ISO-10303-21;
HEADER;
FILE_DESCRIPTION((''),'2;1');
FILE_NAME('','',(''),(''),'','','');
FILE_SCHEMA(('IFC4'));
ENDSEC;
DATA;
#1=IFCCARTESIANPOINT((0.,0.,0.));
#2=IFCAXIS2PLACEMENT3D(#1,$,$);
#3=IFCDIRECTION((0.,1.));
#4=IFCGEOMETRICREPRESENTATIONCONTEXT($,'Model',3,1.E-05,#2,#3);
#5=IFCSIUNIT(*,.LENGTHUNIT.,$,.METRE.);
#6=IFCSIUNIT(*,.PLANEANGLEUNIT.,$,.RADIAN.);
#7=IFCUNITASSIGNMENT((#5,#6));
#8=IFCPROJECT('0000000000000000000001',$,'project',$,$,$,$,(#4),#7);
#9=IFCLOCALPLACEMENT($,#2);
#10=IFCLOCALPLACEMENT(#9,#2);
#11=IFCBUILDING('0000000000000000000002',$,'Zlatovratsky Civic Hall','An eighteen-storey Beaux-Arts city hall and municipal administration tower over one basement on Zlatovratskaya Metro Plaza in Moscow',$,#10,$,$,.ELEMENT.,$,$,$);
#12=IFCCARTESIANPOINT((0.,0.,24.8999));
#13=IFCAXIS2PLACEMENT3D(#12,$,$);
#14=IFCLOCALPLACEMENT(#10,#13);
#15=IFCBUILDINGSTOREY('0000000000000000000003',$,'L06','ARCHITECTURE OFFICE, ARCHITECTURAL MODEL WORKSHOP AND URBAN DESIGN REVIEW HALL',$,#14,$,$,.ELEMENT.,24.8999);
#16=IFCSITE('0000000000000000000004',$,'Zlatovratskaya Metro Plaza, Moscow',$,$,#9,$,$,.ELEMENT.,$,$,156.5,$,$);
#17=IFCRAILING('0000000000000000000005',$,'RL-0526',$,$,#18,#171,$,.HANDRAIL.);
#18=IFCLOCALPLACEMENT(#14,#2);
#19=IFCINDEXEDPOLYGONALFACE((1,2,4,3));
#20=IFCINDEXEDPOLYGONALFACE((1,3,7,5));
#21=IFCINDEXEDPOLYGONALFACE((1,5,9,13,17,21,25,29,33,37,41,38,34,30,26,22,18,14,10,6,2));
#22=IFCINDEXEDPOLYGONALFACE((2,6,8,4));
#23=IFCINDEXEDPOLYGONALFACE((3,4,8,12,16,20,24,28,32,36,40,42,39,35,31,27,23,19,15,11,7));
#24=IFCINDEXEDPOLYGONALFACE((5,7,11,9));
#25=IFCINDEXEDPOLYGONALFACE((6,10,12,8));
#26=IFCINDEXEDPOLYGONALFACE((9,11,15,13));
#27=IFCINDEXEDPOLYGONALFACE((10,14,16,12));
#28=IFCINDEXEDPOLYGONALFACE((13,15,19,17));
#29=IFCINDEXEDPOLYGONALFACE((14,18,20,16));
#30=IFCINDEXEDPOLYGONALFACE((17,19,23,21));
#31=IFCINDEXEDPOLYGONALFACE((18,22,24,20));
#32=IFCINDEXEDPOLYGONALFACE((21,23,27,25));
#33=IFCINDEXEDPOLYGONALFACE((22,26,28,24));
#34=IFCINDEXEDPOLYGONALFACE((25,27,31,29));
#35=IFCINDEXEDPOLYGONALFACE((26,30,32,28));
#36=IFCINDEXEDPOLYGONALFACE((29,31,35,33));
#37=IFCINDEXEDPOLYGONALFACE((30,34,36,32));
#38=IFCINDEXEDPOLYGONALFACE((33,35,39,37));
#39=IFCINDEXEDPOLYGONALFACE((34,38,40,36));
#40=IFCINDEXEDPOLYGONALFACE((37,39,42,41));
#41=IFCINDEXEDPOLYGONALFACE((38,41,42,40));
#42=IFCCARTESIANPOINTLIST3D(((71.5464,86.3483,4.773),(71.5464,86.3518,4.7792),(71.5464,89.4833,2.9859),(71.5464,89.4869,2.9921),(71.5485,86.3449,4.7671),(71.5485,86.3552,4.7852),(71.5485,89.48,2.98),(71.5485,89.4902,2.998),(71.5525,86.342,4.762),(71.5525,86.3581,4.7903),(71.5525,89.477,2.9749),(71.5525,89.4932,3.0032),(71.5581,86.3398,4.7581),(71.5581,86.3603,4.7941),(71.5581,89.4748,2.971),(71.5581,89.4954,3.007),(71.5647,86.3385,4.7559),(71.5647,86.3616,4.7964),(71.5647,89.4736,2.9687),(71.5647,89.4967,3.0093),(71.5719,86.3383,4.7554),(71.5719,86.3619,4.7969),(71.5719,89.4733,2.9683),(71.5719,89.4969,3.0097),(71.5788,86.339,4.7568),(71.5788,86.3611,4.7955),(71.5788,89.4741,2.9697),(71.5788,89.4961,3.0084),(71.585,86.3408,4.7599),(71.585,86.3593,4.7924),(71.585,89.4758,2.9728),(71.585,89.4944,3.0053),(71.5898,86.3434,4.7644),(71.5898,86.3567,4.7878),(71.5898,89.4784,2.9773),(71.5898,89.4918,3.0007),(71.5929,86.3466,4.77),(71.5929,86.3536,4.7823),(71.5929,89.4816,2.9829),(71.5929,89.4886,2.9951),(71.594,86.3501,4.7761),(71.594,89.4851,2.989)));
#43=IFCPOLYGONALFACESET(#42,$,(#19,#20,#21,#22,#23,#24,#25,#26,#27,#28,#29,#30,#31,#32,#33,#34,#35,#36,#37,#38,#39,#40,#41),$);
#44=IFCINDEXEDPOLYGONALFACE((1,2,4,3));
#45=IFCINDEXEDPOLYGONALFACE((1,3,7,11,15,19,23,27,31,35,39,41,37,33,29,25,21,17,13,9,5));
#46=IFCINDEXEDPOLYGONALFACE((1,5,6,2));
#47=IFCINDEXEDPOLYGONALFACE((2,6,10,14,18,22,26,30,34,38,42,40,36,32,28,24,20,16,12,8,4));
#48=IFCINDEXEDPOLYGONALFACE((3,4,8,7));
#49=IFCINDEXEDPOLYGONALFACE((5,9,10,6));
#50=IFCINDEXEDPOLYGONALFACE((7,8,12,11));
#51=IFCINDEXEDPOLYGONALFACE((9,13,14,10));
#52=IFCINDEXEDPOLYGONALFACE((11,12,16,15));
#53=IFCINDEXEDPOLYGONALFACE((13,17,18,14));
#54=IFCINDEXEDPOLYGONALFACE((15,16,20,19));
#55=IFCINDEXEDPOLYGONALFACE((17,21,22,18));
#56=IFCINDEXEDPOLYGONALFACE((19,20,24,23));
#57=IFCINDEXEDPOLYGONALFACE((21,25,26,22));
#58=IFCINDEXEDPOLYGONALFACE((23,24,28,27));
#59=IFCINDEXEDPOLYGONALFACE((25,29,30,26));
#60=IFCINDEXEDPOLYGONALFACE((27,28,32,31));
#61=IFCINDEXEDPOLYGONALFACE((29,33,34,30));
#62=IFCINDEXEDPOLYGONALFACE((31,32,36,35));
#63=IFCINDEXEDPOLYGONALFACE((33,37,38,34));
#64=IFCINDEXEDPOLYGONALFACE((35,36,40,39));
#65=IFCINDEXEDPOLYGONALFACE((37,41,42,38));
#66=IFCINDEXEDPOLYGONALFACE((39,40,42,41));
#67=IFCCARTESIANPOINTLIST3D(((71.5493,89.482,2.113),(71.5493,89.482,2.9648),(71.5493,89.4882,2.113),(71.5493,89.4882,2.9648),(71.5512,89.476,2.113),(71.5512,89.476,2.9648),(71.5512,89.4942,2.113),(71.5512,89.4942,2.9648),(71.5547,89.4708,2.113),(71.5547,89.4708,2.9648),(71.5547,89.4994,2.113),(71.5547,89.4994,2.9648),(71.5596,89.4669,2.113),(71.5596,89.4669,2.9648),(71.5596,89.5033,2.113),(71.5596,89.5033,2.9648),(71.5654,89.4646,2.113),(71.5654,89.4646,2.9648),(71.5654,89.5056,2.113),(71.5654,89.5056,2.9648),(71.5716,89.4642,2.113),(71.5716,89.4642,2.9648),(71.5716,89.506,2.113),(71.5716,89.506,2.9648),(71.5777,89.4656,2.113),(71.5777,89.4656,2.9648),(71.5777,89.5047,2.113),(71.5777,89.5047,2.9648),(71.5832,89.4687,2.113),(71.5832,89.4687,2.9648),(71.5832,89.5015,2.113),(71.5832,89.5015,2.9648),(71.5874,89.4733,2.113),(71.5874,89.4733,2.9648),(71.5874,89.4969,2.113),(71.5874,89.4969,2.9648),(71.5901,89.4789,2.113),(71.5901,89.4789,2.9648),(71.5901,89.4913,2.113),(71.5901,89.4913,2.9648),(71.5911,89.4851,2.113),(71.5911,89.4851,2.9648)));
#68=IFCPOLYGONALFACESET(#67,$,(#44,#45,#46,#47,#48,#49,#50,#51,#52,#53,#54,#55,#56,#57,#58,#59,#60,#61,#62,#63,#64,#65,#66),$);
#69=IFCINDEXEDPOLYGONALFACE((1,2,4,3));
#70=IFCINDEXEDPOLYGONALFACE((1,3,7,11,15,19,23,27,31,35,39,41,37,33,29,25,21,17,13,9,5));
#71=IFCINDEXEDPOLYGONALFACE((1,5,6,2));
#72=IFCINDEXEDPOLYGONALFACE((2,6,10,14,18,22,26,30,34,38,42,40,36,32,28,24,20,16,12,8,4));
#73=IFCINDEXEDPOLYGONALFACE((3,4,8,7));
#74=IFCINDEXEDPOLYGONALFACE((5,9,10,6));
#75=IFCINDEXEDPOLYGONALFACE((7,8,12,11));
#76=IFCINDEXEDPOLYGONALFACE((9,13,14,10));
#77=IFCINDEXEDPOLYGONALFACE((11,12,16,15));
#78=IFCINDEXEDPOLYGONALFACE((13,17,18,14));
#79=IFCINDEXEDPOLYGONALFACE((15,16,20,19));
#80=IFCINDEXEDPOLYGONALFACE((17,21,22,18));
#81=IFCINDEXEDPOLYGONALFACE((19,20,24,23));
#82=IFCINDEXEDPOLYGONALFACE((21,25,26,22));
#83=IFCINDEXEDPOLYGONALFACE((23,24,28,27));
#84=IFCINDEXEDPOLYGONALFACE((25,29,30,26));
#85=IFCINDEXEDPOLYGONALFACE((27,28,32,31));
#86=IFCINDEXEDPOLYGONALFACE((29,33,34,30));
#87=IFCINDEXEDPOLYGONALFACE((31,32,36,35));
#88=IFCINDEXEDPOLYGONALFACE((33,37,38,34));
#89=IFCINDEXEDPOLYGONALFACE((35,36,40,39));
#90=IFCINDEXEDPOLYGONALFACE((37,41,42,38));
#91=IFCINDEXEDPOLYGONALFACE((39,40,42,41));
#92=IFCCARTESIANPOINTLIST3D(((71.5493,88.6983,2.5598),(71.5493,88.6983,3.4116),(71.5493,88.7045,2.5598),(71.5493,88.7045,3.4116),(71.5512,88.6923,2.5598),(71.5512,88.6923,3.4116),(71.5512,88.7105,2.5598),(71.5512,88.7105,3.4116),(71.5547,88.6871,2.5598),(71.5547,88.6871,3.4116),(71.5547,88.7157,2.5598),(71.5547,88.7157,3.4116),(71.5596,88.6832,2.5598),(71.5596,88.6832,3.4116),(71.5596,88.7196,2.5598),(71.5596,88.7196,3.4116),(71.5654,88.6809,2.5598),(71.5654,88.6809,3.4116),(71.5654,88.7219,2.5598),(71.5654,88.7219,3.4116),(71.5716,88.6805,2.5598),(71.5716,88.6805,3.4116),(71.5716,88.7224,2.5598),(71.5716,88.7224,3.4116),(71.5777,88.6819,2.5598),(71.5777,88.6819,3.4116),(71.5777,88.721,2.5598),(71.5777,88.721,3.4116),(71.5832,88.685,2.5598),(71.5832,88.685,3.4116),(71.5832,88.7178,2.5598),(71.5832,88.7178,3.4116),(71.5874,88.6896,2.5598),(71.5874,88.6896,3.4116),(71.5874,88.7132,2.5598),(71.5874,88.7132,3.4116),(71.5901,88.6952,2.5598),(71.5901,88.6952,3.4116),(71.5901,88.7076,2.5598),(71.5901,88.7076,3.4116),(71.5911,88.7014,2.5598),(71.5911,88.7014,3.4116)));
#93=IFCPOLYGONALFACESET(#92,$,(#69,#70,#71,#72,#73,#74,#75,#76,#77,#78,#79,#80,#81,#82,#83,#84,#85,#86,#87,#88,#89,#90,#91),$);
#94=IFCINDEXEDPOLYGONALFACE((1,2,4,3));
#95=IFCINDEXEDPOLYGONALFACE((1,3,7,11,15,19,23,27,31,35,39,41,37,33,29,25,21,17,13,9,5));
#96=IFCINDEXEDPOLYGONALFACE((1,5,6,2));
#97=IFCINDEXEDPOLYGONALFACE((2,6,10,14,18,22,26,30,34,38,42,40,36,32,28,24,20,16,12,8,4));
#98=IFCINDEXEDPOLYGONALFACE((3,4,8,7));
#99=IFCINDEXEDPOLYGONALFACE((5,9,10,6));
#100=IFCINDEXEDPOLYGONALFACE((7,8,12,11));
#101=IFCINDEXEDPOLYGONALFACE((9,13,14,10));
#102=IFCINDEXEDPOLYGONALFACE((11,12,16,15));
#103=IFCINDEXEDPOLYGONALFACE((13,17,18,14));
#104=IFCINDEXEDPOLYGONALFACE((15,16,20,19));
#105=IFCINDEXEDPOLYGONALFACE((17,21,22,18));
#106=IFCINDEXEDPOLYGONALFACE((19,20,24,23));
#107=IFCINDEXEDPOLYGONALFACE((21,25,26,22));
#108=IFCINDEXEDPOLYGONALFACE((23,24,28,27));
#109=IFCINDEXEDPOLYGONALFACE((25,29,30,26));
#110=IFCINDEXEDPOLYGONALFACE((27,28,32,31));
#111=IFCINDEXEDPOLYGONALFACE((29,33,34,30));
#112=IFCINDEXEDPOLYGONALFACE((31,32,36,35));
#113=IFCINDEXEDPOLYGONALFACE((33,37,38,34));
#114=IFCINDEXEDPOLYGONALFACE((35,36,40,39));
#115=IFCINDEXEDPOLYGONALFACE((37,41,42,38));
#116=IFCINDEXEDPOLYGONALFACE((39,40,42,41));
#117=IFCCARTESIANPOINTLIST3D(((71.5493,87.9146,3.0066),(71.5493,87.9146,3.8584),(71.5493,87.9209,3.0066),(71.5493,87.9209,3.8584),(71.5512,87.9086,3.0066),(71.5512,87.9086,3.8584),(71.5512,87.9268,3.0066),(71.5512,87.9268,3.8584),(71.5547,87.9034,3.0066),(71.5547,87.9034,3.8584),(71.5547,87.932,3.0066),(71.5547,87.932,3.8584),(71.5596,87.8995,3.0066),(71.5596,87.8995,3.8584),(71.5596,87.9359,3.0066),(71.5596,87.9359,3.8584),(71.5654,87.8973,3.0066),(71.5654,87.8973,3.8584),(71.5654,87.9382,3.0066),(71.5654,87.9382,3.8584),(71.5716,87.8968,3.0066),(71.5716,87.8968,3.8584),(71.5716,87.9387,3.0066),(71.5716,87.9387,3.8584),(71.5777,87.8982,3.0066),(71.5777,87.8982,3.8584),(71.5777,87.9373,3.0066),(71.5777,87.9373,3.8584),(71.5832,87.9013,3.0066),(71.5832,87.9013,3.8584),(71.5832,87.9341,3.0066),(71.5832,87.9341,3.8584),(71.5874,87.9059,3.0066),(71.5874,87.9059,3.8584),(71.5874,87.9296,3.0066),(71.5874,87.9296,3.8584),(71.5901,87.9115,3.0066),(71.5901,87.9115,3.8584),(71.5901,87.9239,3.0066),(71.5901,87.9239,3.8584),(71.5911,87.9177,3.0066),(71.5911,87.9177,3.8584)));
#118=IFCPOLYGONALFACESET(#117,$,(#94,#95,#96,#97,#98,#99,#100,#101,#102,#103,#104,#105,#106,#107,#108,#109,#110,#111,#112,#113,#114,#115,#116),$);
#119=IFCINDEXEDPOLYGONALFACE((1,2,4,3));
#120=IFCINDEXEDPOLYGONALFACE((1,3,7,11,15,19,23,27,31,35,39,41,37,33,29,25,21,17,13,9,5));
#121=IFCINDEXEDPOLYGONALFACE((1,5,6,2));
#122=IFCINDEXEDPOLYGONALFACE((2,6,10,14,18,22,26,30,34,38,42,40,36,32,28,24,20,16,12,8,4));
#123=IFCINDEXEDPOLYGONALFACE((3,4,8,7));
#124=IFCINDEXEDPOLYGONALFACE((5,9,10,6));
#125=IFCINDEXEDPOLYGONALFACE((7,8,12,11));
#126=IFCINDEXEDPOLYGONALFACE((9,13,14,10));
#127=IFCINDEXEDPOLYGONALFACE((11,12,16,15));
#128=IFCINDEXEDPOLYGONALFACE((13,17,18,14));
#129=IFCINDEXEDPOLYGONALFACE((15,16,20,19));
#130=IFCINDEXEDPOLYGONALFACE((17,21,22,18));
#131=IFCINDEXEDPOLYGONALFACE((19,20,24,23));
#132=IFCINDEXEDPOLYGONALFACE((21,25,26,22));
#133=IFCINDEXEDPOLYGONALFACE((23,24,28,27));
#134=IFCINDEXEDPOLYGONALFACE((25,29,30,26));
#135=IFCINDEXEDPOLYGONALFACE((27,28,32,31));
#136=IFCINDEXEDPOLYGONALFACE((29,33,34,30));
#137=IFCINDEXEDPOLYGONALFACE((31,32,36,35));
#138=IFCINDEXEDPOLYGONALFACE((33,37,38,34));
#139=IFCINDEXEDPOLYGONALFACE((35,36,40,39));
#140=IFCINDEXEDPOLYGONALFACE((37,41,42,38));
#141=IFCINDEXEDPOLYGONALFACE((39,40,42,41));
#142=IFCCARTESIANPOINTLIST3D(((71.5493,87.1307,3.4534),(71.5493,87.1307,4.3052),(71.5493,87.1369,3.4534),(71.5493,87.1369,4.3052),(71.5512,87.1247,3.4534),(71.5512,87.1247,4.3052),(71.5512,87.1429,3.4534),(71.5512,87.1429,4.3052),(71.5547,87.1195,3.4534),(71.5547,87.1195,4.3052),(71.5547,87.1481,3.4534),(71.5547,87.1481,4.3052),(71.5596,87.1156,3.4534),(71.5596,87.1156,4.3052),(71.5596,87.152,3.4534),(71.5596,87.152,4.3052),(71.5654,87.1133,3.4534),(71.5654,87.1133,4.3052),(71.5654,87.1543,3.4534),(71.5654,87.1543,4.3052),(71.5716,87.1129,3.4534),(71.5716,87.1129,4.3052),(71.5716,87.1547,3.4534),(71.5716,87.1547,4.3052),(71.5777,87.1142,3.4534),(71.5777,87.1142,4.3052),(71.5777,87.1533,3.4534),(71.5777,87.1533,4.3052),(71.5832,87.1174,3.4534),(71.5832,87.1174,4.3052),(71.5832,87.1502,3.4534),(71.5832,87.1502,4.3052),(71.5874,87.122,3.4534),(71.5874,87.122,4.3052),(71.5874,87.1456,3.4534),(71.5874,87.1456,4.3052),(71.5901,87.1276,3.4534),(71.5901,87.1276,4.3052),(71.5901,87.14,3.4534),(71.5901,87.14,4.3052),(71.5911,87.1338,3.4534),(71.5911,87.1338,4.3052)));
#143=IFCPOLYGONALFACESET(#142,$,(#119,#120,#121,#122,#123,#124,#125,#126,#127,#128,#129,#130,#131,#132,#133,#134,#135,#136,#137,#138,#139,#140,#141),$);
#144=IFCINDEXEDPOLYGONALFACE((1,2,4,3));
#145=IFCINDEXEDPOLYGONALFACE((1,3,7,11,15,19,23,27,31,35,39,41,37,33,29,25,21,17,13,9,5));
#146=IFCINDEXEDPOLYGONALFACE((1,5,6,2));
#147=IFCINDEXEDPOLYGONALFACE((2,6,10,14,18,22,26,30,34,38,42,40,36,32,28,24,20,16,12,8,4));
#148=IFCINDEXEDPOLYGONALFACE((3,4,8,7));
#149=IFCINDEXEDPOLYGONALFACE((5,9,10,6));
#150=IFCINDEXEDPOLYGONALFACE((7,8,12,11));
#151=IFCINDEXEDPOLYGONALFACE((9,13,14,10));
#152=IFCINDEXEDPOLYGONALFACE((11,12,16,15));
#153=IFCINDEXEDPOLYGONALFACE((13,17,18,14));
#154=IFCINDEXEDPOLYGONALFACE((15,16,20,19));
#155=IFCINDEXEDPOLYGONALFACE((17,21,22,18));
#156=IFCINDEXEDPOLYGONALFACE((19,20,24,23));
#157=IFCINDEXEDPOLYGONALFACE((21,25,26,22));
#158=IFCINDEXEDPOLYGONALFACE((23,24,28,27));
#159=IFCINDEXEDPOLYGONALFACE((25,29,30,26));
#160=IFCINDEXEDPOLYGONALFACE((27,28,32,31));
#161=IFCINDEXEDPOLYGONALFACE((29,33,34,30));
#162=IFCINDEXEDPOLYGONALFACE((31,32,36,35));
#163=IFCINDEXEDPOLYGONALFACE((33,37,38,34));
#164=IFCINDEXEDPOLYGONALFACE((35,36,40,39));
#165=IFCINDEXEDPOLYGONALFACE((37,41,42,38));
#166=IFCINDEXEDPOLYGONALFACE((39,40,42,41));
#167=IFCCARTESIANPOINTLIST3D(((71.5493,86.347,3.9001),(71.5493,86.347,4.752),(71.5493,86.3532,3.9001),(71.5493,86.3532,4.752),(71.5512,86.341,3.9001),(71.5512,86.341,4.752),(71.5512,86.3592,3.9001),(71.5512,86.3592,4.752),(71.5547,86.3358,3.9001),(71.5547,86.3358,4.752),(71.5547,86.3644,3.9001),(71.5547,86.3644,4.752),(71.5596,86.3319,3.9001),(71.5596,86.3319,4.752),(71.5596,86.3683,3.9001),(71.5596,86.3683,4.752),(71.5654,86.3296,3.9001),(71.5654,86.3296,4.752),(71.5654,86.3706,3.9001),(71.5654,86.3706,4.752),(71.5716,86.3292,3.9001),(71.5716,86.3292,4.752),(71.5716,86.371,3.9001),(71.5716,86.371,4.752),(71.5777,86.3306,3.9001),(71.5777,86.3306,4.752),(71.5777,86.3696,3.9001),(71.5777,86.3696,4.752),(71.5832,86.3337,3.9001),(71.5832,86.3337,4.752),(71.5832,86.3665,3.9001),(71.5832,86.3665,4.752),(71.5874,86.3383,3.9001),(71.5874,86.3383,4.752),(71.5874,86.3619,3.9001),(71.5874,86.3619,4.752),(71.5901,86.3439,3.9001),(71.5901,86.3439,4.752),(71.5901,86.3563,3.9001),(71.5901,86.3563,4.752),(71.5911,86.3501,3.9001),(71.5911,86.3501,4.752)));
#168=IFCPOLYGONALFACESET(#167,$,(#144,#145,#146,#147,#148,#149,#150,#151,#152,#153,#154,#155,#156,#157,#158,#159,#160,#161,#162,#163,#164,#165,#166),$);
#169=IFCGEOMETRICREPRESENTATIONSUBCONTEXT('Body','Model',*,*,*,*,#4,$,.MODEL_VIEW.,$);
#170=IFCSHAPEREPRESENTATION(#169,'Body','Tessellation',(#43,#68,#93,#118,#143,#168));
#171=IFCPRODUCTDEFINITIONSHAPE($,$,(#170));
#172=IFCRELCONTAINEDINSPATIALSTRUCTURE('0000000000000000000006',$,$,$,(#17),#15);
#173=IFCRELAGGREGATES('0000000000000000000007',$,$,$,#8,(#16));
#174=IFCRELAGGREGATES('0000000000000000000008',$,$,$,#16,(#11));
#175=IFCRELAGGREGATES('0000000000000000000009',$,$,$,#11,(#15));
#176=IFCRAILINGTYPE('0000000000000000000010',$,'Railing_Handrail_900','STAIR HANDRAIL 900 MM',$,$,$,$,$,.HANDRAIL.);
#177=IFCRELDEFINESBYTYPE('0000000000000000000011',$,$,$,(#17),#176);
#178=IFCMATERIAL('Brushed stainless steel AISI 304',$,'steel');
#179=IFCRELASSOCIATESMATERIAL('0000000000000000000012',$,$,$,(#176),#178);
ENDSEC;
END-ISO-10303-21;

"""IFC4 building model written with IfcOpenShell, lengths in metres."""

from ifc_helpers import new_model, si_unit, direction, frame, origin, origin_2d, place, context, subcontext, project, spatial, circle, extrude, material, type_object, element, save


model = new_model("IFC4")

# Units and contexts
model_context = context("Model", 3, precision=1e-05, world=origin(), true_north=direction((0.0, 1.0)))
body_context = subcontext(model_context, "Body", "Model", "MODEL_VIEW")
ifc_project = project(units=[si_unit("LENGTHUNIT", "METRE"), si_unit("PLANEANGLEUNIT", "RADIAN")], contexts=[model_context])

# Site, building, storey
site_placement = place(None, origin())
site = spatial("IfcSite", under=ifc_project, at=site_placement, Name="Zlatovratskaya Metro Plaza, Moscow", CompositionType="ELEMENT", RefElevation=156.5)
building_placement = place(site_placement, origin())
building = spatial("IfcBuilding", under=site, at=building_placement, Name="Zlatovratsky Civic Hall", Description="An eighteen-storey Beaux-Arts city hall and municipal administration tower over one basement on Zlatovratskaya Metro Plaza in Moscow", CompositionType="ELEMENT")
storey_placement = place(building_placement, frame((0.0, 0.0, 24.8999)))
storey = spatial("IfcBuildingStorey", under=building, at=storey_placement, Name="L06", Description="ARCHITECTURE OFFICE, ARCHITECTURAL MODEL WORKSHOP AND URBAN DESIGN REVIEW HALL", CompositionType="ELEMENT", Elevation=24.8999)

# Railing
ifc_material_1 = material(Name="Brushed stainless steel AISI 304", Category="steel")
railing_type_1 = type_object("IfcRailingType", Name="Railing_Handrail_900", Description="STAIR HANDRAIL 900 MM", PredefinedType="HANDRAIL", material=ifc_material_1)
railing_1_placement = place(storey_placement, frame((71.5701, 89.4851, 2.113)))
element("IfcRailing", 1, at=railing_1_placement, inside=storey, type_object=railing_type_1, Name="RL-0526", PredefinedType="HANDRAIL", context=body_context, shape_type="SweptSolid", body=[
    extrude(circle(Radius=0.0239, at=origin_2d()), frame((0.0, 0.0, 0.876), z_axis=(0.0, -0.868759, 0.495235), x_axis=(1.0, 0.0, 0.0)), (0.0, 0.0, 1.0), 3.6086),
    extrude(circle(Radius=0.021, at=origin_2d()), origin(), (0.0, 0.0, 1.0), 0.8518),
    extrude(circle(Radius=0.021, at=origin_2d()), frame((0.0, -0.7837, 0.4468)), (0.0, 0.0, 1.0), 0.8518),
    extrude(circle(Radius=0.021, at=origin_2d()), frame((0.0, -1.5674, 0.8936)), (0.0, 0.0, 1.0), 0.8518),
    extrude(circle(Radius=0.021, at=origin_2d()), frame((0.0, -2.3513, 1.3403)), (0.0, 0.0, 1.0), 0.8518),
    extrude(circle(Radius=0.021, at=origin_2d()), frame((0.0, -3.135, 1.7871)), (0.0, 0.0, 1.0), 0.8518),
])

save(model, "model.ifc")
